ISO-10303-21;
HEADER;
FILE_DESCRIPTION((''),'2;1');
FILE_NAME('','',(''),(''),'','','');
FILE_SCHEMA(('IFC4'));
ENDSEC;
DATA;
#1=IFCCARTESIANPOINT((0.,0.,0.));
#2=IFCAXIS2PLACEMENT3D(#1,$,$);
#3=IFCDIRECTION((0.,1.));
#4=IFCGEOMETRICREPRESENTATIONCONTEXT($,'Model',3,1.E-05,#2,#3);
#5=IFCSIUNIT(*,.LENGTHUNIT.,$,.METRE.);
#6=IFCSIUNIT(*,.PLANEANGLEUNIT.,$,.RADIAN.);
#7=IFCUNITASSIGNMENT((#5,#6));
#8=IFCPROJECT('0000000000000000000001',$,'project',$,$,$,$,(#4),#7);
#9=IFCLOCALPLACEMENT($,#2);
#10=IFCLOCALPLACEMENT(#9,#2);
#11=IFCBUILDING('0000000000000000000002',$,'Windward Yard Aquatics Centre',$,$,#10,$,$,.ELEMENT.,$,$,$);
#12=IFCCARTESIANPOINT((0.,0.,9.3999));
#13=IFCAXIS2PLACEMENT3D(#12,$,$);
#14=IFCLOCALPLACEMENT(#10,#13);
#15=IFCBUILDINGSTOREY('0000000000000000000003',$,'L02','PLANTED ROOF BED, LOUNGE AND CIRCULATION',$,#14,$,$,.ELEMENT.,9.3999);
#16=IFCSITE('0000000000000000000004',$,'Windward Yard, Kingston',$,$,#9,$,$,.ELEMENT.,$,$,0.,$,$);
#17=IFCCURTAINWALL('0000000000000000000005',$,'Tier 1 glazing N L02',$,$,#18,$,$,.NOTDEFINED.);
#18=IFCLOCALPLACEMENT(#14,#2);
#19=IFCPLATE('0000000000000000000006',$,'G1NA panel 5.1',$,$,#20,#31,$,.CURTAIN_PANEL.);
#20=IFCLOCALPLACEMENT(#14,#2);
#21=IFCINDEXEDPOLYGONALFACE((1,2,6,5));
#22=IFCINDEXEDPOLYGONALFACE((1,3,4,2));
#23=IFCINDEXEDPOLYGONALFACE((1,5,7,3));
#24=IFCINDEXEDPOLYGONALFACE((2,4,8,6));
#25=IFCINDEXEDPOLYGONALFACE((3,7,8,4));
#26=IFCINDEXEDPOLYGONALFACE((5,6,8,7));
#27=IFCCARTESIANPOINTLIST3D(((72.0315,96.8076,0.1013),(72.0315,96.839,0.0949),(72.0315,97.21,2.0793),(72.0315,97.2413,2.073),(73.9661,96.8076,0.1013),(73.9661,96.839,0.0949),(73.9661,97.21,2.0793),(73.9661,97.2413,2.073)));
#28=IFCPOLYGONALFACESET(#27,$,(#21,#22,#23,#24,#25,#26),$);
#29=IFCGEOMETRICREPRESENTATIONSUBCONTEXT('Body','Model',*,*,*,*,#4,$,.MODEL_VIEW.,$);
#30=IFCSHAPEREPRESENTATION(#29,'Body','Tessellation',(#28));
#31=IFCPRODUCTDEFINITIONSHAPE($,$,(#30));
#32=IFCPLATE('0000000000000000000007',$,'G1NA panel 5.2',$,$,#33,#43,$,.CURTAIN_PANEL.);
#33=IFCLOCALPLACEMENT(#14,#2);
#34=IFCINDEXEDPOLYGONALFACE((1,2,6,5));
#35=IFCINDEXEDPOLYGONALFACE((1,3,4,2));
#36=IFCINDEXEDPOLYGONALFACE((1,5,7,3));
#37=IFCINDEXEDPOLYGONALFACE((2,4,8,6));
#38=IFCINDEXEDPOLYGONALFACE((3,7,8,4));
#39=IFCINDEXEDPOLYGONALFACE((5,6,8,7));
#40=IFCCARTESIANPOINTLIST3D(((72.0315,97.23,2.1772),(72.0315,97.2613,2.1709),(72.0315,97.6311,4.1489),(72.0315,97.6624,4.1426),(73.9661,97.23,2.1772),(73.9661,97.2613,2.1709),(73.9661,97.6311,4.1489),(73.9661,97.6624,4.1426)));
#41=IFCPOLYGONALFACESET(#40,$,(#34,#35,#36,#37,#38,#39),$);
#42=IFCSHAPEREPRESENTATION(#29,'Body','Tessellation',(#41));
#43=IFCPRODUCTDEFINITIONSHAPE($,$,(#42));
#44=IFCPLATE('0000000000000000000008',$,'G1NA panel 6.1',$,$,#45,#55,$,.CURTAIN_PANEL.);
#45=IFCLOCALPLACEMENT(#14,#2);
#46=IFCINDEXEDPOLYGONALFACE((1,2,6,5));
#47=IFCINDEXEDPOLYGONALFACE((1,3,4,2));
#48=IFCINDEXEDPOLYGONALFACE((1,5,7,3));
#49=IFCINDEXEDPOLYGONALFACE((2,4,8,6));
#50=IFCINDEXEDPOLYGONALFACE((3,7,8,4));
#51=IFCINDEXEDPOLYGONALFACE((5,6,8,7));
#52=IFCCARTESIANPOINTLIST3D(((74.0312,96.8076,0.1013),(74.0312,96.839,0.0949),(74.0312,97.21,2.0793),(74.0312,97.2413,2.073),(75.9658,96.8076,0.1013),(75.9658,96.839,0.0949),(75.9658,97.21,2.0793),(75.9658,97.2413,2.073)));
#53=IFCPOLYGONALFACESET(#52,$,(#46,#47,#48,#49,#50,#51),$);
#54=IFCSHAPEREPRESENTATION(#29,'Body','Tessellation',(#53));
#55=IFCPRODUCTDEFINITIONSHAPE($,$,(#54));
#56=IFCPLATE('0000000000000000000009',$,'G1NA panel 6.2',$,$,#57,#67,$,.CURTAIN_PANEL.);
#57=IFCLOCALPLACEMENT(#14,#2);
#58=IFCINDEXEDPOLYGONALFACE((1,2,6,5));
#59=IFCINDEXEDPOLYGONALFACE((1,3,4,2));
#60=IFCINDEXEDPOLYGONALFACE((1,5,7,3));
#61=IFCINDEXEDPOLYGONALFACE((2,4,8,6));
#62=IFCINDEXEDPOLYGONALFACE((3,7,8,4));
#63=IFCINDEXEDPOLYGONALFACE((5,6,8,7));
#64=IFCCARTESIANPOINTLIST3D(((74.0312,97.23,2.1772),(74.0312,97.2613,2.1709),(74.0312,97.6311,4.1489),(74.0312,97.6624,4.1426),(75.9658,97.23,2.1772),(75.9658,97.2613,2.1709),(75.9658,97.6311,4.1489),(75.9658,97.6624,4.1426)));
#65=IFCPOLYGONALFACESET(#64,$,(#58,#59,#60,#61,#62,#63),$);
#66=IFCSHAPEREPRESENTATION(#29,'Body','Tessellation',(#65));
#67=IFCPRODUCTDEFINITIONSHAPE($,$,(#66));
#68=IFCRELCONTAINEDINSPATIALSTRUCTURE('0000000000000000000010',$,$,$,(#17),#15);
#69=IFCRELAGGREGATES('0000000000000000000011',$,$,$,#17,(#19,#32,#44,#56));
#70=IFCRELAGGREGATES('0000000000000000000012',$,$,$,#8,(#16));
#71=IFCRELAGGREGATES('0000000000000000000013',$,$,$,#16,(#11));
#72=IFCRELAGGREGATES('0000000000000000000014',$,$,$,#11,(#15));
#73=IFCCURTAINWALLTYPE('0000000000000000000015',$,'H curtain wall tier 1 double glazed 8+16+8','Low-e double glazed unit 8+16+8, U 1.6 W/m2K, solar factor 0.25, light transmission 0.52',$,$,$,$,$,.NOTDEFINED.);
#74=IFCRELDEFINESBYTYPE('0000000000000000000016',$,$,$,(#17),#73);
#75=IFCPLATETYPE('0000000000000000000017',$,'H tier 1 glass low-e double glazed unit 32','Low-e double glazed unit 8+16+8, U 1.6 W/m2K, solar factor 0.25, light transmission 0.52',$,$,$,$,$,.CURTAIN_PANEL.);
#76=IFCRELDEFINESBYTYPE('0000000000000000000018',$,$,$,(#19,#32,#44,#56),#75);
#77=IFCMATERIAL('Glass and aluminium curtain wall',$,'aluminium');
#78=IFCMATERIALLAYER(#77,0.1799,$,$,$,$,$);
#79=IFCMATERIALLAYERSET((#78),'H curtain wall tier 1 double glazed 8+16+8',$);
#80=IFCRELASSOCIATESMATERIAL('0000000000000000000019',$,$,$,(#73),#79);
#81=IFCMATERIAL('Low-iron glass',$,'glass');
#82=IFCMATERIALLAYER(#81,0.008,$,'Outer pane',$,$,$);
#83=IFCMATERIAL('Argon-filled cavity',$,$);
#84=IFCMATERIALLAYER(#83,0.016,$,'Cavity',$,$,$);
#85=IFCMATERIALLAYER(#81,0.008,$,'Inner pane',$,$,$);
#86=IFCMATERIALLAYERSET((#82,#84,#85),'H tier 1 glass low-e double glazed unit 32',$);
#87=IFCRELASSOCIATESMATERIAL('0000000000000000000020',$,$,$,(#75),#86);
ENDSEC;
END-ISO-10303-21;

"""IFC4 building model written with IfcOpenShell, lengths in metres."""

from ifc_helpers import new_model, si_unit, direction, frame, origin, place, context, subcontext, project, spatial, polyline, outline, extrude, material, layer, layer_set, type_object, element, aggregate, save


model = new_model("IFC4")

# Units and contexts
model_context = context("Model", 3, precision=1e-05, world=origin(), true_north=direction((0.0, 1.0)))
body_context = subcontext(model_context, "Body", "Model", "MODEL_VIEW")
ifc_project = project(units=[si_unit("LENGTHUNIT", "METRE"), si_unit("PLANEANGLEUNIT", "RADIAN")], contexts=[model_context])

# Site, building, storey
site_placement = place(None, origin())
site = spatial("IfcSite", under=ifc_project, at=site_placement, Name="Windward Yard, Kingston", CompositionType="ELEMENT", RefElevation=0.0)
building_placement = place(site_placement, origin())
building = spatial("IfcBuilding", under=site, at=building_placement, Name="Windward Yard Aquatics Centre", CompositionType="ELEMENT")
storey_placement = place(building_placement, frame((0.0, 0.0, 9.3999)))
storey = spatial("IfcBuildingStorey", under=building, at=storey_placement, Name="L02", Description="PLANTED ROOF BED, LOUNGE AND CIRCULATION", CompositionType="ELEMENT", Elevation=9.3999)

# Curtain wall
ifc_material_1 = material(Name="Glass and aluminium curtain wall", Category="aluminium")
ifc_layer_1 = layer(ifc_material_1, 0.1799)
ifc_layer_set_1 = layer_set([ifc_layer_1], Name="H curtain wall tier 1 double glazed 8+16+8")
curtain_wall_type = type_object("IfcCurtainWallType", Name="H curtain wall tier 1 double glazed 8+16+8", Description="Low-e double glazed unit 8+16+8, U 1.6 W/m2K, solar factor 0.25, light transmission 0.52", PredefinedType="NOTDEFINED", material=ifc_layer_set_1)
curtain_wall_placement = place(storey_placement, origin())
curtain_wall = element("IfcCurtainWall", 1, at=curtain_wall_placement, inside=storey, type_object=curtain_wall_type, Name="Tier 1 glazing N L02", PredefinedType="NOTDEFINED")

# Plates
ifc_material_2 = material(Name="Low-iron glass", Category="glass")
ifc_layer_2 = layer(ifc_material_2, 0.008, Name="Outer pane")
ifc_material_3 = material(Name="Argon-filled cavity")
ifc_layer_3 = layer(ifc_material_3, 0.016, Name="Cavity")
ifc_layer_4 = layer(ifc_material_2, 0.008, Name="Inner pane")
ifc_layer_set_2 = layer_set([ifc_layer_2, ifc_layer_3, ifc_layer_4], Name="H tier 1 glass low-e double glazed unit 32")
plate_type = type_object("IfcPlateType", Name="H tier 1 glass low-e double glazed unit 32", Description="Low-e double glazed unit 8+16+8, U 1.6 W/m2K, solar factor 0.25, light transmission 0.52", PredefinedType="CURTAIN_PANEL", material=ifc_layer_set_2)
plate_1_placement = place(storey_placement, frame((72.0315, 96.8076, 0.1013), z_axis=(0.0, -0.979933, 0.199325), x_axis=(1.0, 0.0, 0.0)))
plate_1 = element("IfcPlate", 2, at=plate_1_placement, type_object=plate_type, Name="G1NA panel 5.1", PredefinedType="CURTAIN_PANEL", context=body_context, shape_type="SweptSolid", body=[
    extrude(outline(polyline([(0.0, 0.0), (1.9346, 0.0), (1.9346, 2.0185), (0.0, 2.0185), (0.0, 0.0)])), origin(), (0.0, 0.0, -1.0), 0.032),
])
plate_2_placement = place(storey_placement, frame((72.0315, 97.23, 2.1772), z_axis=(0.0, -0.979927, 0.199359), x_axis=(1.0, 0.0, 0.0)))
plate_2 = element("IfcPlate", 3, at=plate_2_placement, type_object=plate_type, Name="G1NA panel 5.2", PredefinedType="CURTAIN_PANEL", context=body_context, shape_type="SweptSolid", body=[
    extrude(outline(polyline([(0.0, 0.0), (1.9346, 0.0), (1.9346, 2.0121), (0.0, 2.0121), (0.0, 0.0)])), origin(), (0.0, 0.0, -1.0), 0.032),
])
plate_3_placement = place(storey_placement, frame((74.0312, 96.8076, 0.1013), z_axis=(0.0, -0.979933, 0.199325), x_axis=(1.0, 0.0, 0.0)))
plate_3 = element("IfcPlate", 4, at=plate_3_placement, type_object=plate_type, Name="G1NA panel 6.1", PredefinedType="CURTAIN_PANEL", context=body_context, shape_type="SweptSolid", body=[
    extrude(outline(polyline([(0.0, 0.0), (1.9346, 0.0), (1.9346, 2.0185), (0.0, 2.0185), (0.0, 0.0)])), origin(), (0.0, 0.0, -1.0), 0.032),
])
plate_4_placement = place(storey_placement, frame((74.0312, 97.23, 2.1772), z_axis=(0.0, -0.979927, 0.199359), x_axis=(1.0, 0.0, 0.0)))
plate_4 = element("IfcPlate", 5, at=plate_4_placement, type_object=plate_type, Name="G1NA panel 6.2", PredefinedType="CURTAIN_PANEL", context=body_context, shape_type="SweptSolid", body=[
    extrude(outline(polyline([(0.0, 0.0), (1.9346, 0.0), (1.9346, 2.0121), (0.0, 2.0121), (0.0, 0.0)])), origin(), (0.0, 0.0, -1.0), 0.032),
])
aggregate(curtain_wall, [plate_1, plate_2, plate_3, plate_4])

save(model, "model.ifc")
